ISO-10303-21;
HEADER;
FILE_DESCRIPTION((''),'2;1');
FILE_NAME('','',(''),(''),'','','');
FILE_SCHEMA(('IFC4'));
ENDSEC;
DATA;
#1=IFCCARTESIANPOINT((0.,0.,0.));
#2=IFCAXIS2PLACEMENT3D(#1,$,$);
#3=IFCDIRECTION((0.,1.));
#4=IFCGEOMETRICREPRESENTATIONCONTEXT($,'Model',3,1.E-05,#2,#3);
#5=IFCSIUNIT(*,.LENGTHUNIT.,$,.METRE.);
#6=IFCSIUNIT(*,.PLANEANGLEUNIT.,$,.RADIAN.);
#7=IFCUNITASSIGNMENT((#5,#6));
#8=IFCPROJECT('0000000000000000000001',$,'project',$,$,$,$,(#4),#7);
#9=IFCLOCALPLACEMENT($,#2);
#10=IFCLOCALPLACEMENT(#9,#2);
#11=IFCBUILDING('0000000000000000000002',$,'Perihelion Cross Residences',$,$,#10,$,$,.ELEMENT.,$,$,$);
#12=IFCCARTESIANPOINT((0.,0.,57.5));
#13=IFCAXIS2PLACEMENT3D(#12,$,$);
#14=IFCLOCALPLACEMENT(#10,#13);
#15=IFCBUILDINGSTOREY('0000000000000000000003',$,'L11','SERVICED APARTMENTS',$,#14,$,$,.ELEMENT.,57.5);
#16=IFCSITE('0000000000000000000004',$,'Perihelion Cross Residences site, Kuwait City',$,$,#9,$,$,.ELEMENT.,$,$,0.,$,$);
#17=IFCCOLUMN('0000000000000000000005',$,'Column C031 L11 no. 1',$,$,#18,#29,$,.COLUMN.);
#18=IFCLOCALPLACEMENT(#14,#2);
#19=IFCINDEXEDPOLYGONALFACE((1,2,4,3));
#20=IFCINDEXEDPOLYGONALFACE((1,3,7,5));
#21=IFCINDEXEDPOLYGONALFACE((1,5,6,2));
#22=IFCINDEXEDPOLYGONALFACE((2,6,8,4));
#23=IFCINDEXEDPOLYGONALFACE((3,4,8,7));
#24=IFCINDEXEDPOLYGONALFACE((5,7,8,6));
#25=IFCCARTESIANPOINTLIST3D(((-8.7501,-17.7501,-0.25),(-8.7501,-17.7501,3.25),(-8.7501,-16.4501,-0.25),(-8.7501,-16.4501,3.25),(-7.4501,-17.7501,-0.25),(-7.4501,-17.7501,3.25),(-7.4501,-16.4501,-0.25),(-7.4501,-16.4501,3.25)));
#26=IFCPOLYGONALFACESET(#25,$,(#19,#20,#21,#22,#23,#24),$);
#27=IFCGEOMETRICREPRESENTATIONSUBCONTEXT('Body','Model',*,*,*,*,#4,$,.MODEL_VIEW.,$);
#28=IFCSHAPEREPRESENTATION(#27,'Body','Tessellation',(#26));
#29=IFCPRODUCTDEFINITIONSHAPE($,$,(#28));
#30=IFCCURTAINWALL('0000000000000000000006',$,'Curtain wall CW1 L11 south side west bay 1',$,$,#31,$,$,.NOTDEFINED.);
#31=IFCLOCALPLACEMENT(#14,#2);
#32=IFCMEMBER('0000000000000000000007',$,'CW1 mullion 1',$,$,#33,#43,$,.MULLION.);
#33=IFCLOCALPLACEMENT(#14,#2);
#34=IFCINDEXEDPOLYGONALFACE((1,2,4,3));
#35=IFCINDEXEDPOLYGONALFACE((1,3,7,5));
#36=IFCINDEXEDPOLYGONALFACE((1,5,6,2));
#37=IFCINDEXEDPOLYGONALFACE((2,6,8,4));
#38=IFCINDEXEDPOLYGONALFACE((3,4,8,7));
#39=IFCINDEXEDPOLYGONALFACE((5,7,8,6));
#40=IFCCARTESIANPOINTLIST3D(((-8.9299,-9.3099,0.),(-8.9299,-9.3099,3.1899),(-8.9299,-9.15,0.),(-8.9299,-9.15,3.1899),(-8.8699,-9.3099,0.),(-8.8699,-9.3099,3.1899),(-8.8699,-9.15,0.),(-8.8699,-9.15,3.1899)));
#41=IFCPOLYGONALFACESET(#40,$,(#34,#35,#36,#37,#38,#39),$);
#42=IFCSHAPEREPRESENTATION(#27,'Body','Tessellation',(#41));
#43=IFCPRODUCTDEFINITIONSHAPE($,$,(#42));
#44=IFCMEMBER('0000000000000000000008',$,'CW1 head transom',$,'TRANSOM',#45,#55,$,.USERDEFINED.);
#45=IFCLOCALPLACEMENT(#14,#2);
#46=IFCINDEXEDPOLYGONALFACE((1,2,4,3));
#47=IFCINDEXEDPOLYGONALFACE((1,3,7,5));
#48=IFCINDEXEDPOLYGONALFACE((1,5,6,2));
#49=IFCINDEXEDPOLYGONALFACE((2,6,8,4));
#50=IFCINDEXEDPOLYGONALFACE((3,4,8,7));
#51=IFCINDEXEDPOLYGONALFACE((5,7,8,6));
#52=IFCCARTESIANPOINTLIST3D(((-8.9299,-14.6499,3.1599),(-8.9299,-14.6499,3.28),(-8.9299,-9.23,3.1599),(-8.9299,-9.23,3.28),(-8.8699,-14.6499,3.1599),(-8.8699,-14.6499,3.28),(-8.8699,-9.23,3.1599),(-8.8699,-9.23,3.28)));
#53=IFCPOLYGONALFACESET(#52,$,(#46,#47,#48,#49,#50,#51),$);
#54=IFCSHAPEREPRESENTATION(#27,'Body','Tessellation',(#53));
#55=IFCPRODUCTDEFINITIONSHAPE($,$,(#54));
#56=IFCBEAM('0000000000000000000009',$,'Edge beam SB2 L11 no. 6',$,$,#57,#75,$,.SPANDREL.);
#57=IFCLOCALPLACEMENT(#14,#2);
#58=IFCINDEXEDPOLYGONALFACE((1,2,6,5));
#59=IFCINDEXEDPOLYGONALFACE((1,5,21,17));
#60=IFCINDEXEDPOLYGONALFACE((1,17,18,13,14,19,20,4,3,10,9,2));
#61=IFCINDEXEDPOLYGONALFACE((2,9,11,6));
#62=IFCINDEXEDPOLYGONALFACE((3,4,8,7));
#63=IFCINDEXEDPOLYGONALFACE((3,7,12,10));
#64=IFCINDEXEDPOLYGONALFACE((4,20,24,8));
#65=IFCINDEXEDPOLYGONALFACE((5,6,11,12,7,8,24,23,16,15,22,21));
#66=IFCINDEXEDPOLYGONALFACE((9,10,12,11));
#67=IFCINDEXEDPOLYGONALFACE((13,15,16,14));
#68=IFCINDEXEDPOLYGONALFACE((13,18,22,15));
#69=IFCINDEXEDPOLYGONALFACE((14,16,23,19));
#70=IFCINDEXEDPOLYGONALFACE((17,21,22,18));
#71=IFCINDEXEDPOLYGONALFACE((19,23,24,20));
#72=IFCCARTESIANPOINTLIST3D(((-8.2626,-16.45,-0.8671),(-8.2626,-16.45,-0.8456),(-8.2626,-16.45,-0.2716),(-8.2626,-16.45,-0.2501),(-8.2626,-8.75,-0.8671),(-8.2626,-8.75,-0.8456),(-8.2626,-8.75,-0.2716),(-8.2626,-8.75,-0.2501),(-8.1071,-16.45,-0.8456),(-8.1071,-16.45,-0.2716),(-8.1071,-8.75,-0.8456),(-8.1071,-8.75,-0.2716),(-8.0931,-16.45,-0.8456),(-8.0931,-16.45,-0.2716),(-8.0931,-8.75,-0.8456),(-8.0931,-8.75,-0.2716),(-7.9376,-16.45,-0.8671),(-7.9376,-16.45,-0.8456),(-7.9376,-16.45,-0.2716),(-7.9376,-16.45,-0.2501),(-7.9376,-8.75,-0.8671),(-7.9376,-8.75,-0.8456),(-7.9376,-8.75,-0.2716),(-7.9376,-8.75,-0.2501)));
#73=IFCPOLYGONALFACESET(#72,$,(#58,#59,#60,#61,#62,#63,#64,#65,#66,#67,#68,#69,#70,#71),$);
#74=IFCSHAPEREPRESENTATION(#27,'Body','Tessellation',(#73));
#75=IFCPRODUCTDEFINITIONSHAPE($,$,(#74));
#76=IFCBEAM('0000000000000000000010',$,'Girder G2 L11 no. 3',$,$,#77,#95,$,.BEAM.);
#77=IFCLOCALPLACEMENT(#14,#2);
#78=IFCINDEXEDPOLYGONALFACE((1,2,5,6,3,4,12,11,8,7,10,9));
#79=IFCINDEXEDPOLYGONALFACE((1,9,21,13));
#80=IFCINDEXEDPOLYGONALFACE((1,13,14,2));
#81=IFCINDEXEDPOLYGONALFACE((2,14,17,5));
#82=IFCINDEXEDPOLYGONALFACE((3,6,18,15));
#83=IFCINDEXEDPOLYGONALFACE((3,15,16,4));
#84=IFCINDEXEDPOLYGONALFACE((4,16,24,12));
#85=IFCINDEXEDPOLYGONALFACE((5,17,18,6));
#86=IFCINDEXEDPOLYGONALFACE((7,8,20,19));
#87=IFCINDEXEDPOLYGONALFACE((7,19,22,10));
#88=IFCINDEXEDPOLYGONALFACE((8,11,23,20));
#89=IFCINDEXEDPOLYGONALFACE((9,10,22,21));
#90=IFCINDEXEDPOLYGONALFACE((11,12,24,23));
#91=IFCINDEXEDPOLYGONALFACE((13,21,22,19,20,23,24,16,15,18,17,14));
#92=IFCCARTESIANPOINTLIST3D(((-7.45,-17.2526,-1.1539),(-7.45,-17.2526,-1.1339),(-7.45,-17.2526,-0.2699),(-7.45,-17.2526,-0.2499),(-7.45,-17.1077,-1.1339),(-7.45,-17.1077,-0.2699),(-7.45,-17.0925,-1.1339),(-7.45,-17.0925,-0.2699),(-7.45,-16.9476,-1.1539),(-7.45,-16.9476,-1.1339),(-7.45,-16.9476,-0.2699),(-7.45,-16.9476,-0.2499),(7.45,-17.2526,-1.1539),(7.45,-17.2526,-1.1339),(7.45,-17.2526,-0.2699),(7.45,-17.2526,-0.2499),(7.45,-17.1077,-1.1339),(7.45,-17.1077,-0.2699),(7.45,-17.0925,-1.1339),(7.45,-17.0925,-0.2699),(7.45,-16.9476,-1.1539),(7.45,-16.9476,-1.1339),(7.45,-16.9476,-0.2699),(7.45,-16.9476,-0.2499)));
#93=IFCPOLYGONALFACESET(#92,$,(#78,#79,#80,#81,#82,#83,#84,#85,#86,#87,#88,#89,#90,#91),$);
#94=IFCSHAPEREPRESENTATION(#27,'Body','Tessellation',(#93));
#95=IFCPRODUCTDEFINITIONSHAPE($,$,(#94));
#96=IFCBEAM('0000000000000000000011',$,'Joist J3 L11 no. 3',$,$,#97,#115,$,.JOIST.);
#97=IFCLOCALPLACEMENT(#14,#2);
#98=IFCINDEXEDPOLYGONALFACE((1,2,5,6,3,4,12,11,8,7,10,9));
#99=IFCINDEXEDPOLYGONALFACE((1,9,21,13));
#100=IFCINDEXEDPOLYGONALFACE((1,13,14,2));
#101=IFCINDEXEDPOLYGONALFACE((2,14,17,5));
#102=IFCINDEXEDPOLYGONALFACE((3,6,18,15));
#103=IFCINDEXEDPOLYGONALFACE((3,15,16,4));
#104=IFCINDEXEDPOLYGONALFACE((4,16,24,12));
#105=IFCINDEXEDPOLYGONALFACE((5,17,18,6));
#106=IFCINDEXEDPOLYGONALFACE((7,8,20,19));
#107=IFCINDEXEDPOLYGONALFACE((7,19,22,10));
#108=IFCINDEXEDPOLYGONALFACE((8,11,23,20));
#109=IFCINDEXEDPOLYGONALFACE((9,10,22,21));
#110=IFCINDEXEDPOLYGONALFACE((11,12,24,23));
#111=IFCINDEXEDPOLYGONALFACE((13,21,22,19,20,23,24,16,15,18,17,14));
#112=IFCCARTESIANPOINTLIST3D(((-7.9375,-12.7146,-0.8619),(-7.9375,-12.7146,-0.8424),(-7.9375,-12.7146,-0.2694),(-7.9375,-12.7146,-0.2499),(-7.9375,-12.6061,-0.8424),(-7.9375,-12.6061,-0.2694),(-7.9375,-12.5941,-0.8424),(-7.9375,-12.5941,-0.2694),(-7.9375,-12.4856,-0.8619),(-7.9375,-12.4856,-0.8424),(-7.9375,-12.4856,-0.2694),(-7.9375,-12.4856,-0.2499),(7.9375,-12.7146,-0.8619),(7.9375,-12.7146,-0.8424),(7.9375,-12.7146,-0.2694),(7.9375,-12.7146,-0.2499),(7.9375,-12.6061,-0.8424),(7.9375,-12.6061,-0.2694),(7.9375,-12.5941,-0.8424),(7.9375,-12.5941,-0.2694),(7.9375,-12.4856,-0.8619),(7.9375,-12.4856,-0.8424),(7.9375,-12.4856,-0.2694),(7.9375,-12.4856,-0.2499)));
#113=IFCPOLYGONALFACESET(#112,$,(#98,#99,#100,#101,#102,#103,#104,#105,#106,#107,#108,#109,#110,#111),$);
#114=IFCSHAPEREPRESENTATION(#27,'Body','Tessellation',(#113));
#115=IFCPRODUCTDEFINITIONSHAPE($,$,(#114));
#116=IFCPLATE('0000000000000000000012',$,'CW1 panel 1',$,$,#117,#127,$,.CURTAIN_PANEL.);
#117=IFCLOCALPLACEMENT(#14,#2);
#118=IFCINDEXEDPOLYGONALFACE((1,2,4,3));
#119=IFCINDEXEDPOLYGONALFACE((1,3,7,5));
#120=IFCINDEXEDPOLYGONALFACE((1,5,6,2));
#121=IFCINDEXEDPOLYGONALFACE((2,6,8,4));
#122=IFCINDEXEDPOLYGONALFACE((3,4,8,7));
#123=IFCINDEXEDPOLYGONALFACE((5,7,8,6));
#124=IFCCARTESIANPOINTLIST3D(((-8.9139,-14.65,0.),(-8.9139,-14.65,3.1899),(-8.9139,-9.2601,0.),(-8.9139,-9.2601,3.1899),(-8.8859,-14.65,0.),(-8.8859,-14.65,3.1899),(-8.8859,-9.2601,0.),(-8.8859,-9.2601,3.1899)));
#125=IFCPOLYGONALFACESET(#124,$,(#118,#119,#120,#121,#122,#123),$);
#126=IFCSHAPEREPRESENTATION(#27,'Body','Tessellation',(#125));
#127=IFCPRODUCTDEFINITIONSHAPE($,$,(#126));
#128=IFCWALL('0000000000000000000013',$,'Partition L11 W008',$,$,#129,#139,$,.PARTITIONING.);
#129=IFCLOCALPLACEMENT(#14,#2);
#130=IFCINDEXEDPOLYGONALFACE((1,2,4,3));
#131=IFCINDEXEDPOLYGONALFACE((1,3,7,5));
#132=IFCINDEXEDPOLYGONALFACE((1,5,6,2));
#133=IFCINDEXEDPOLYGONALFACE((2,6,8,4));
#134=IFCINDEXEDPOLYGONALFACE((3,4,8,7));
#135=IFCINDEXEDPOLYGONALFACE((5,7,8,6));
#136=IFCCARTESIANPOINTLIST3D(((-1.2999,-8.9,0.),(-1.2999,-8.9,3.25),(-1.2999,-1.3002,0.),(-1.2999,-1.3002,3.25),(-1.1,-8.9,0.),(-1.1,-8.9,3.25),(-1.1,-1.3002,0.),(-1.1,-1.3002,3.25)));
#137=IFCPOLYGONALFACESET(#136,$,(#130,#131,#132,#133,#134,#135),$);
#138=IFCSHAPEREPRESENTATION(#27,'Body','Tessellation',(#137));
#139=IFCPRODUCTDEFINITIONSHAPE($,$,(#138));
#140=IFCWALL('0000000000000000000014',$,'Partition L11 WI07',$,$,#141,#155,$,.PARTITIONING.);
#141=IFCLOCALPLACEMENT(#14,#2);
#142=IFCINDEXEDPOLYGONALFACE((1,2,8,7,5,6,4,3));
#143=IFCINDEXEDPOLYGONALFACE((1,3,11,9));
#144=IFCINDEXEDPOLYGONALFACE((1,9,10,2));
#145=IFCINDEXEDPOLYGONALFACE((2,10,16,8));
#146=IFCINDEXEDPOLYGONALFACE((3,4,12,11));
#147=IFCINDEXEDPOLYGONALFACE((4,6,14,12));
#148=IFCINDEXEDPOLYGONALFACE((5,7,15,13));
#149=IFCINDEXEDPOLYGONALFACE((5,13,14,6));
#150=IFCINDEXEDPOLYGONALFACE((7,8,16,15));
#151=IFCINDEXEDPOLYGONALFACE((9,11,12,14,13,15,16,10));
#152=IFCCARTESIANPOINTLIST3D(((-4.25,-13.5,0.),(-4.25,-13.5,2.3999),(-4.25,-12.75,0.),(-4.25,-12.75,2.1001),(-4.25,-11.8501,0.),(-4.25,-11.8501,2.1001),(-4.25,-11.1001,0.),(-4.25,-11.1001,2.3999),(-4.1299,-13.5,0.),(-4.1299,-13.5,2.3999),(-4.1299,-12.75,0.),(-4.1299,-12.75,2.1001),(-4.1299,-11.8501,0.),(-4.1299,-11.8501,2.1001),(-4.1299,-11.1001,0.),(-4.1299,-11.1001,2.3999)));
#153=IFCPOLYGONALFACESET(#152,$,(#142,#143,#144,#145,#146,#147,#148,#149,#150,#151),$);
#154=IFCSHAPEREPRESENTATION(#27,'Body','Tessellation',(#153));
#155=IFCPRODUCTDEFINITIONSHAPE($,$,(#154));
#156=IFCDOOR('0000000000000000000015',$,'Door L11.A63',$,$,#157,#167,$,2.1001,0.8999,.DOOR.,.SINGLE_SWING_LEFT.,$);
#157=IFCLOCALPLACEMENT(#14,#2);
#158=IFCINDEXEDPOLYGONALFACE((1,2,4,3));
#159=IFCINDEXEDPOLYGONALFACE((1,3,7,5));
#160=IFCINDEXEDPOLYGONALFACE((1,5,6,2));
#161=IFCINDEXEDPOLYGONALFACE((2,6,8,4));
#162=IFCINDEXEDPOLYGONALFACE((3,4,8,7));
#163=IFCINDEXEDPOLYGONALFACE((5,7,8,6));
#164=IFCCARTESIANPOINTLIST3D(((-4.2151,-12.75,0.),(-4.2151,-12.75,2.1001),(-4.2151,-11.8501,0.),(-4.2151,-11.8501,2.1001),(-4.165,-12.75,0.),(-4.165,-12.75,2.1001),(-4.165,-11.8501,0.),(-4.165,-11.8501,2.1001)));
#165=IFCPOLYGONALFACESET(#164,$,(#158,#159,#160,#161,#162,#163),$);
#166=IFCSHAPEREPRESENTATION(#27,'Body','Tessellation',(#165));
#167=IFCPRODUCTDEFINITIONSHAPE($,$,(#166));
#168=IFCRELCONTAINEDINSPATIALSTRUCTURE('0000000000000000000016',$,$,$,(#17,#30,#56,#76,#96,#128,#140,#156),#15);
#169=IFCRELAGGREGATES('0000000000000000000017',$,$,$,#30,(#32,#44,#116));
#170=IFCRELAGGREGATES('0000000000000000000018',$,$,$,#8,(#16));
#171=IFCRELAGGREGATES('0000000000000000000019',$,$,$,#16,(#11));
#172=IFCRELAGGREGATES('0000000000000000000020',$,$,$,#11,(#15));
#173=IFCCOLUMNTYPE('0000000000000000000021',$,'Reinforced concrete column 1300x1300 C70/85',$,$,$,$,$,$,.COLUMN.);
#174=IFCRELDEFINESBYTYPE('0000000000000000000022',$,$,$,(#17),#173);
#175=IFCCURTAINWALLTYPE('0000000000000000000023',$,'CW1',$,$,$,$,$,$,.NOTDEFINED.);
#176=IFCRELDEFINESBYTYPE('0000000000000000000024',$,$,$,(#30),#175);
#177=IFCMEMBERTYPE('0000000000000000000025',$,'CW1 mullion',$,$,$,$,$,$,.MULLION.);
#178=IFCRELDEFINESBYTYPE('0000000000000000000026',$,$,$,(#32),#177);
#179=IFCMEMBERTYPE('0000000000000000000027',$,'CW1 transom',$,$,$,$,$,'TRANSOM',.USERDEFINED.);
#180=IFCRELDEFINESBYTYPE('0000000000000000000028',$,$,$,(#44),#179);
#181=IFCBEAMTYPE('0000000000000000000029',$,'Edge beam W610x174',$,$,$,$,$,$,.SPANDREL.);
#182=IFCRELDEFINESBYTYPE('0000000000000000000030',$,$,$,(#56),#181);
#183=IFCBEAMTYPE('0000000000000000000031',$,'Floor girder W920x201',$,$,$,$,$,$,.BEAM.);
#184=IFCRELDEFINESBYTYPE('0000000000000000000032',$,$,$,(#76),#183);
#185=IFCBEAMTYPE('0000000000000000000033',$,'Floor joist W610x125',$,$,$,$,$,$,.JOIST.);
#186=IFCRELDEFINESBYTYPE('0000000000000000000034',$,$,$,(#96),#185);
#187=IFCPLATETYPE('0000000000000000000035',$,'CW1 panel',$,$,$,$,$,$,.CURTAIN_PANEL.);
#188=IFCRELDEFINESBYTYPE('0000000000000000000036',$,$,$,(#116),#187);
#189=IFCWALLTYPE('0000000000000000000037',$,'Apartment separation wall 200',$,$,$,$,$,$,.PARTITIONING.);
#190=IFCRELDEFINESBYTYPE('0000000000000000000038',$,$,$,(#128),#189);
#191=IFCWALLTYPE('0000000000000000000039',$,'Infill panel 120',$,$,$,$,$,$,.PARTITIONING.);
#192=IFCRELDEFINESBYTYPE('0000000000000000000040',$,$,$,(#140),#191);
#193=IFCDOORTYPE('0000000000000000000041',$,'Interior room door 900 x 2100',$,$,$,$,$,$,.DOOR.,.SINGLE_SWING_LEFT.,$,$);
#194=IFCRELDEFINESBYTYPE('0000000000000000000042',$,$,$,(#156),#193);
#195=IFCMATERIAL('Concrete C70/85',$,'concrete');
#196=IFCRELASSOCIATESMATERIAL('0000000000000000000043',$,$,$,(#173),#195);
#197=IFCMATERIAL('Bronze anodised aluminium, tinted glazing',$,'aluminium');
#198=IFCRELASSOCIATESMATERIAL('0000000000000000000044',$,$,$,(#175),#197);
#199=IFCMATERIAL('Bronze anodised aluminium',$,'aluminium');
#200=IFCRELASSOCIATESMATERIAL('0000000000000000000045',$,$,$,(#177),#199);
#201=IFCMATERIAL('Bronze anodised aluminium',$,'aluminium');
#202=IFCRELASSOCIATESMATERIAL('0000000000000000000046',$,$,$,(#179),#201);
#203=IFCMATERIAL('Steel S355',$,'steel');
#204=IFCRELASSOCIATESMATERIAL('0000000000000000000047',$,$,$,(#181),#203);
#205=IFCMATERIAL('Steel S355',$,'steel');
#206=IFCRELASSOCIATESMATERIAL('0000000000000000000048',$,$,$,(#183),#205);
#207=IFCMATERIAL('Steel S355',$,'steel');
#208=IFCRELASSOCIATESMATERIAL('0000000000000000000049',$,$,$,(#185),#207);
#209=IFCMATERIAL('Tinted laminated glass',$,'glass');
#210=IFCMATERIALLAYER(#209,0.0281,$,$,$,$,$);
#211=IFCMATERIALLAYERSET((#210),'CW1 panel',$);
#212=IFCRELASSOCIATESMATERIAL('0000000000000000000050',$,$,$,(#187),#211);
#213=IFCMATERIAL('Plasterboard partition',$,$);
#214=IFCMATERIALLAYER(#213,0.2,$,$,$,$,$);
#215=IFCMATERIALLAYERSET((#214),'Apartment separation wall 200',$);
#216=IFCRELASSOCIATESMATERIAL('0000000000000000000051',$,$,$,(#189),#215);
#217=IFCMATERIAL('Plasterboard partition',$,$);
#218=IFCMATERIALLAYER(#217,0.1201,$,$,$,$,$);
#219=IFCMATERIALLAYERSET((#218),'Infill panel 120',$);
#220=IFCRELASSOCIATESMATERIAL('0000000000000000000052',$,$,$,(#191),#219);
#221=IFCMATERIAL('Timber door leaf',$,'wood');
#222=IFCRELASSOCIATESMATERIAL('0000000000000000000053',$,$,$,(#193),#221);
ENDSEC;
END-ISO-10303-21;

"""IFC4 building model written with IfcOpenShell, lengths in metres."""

from ifc_helpers import new_model, si_unit, direction, frame, frame_2d, origin, origin_2d, place, context, subcontext, project, spatial, rectangle, i_section, extrude, material, layer, layer_set, material_profile, profile_set, type_object, element, fill, aggregate, save


model = new_model("IFC4")

# Units and contexts
model_context = context("Model", 3, precision=1e-05, world=origin(), true_north=direction((0.0, 1.0)))
body_context = subcontext(model_context, "Body", "Model", "MODEL_VIEW")
ifc_project = project(units=[si_unit("LENGTHUNIT", "METRE"), si_unit("PLANEANGLEUNIT", "RADIAN")], contexts=[model_context])

# Site, building, storey
site_placement = place(None, origin())
site = spatial("IfcSite", under=ifc_project, at=site_placement, Name="Perihelion Cross Residences site, Kuwait City", CompositionType="ELEMENT", RefElevation=0.0)
building_placement = place(site_placement, origin())
building = spatial("IfcBuilding", under=site, at=building_placement, Name="Perihelion Cross Residences", CompositionType="ELEMENT")
storey_placement = place(building_placement, frame((0.0, 0.0, 57.5)))
storey = spatial("IfcBuildingStorey", under=building, at=storey_placement, Name="L11", Description="SERVICED APARTMENTS", CompositionType="ELEMENT", Elevation=57.5)

# Column
ifc_material_1 = material(Name="Concrete C70/85", Category="concrete")
ifc_material_profile_1 = material_profile(ifc_material_1, rectangle(XDim=1.3, YDim=1.3, at=origin_2d()), Name="RC 1300x1300")
ifc_profile_set_1 = profile_set([ifc_material_profile_1], Name="Concrete C70/85")
column_type = type_object("IfcColumnType", Name="Reinforced concrete column 1300x1300 C70/85", PredefinedType="COLUMN", material=ifc_profile_set_1)
column_placement = place(storey_placement, frame((-8.1001, -17.1001, -0.25), z_axis=(0.0, 0.0, 1.0), x_axis=(1.0, 0.0, 0.0)))
element("IfcColumn", 1, at=column_placement, inside=storey, type_object=column_type, Name="Column C031 L11 no. 1", PredefinedType="COLUMN", context=body_context, shape_type="SweptSolid", body=[
    extrude(rectangle(XDim=1.3, YDim=1.3, at=origin_2d()), origin(), (0.0, 0.0, 1.0), 3.5),
])

# Curtain wall, members
ifc_material_2 = material(Name="Bronze anodised aluminium, tinted glazing", Category="aluminium")
curtain_wall_type = type_object("IfcCurtainWallType", Name="CW1", PredefinedType="NOTDEFINED", material=ifc_material_2)
curtain_wall_placement = place(storey_placement, origin())
curtain_wall = element("IfcCurtainWall", 2, at=curtain_wall_placement, inside=storey, type_object=curtain_wall_type, Name="Curtain wall CW1 L11 south side west bay 1", PredefinedType="NOTDEFINED")
ifc_material_3 = material(Name="Bronze anodised aluminium", Category="aluminium")
ifc_material_profile_2 = material_profile(ifc_material_3, rectangle(XDim=0.0601, YDim=0.1599, at=origin_2d()), Name="CW1 mullion")
ifc_profile_set_2 = profile_set([ifc_material_profile_2], Name="Bronze anodised aluminium")
member_type_1 = type_object("IfcMemberType", Name="CW1 mullion", PredefinedType="MULLION", material=ifc_profile_set_2)
member_1_placement = place(storey_placement, frame((-8.8999, -9.23, 0.0), z_axis=(0.0, 0.0, 1.0), x_axis=(1.0, 0.0, 0.0)))
member_1 = element("IfcMember", 3, at=member_1_placement, type_object=member_type_1, Name="CW1 mullion 1", PredefinedType="MULLION", context=body_context, shape_type="SweptSolid", body=[
    extrude(rectangle(XDim=0.0601, YDim=0.1599, at=origin_2d()), origin(), (0.0, 0.0, 1.0), 3.1899),
])
ifc_material_4 = material(Name="Bronze anodised aluminium", Category="aluminium")
ifc_material_profile_3 = material_profile(ifc_material_4, rectangle(XDim=0.0601, YDim=0.1201, at=origin_2d()), Name="CW1 transom")
ifc_profile_set_3 = profile_set([ifc_material_profile_3], Name="Bronze anodised aluminium")
member_type_2 = type_object("IfcMemberType", Name="CW1 transom", ElementType="TRANSOM", PredefinedType="USERDEFINED", material=ifc_profile_set_3)
member_2_placement = place(storey_placement, frame((-8.8999, -9.23, 3.22), z_axis=(0.0, -1.0, 0.0), x_axis=(1.0, 0.0, 0.0)))
member_2 = element("IfcMember", 4, at=member_2_placement, type_object=member_type_2, Name="CW1 head transom", ObjectType="TRANSOM", PredefinedType="USERDEFINED", context=body_context, shape_type="SweptSolid", body=[
    extrude(rectangle(XDim=0.0601, YDim=0.1201, at=origin_2d()), origin(), (0.0, 0.0, 1.0), 5.4199),
])

# Beams
ifc_material_5 = material(Name="Steel S355", Category="steel")
ifc_material_profile_4 = material_profile(ifc_material_5, i_section(OverallWidth=0.325, OverallDepth=0.6169, WebThickness=0.0139, FlangeThickness=0.0215, at=origin_2d()), Name="W610x174")
ifc_profile_set_4 = profile_set([ifc_material_profile_4], Name="Steel S355")
beam_type_1 = type_object("IfcBeamType", Name="Edge beam W610x174", PredefinedType="SPANDREL", material=ifc_profile_set_4)
beam_1_placement = place(storey_placement, frame((-8.1001, -8.75, -0.5586), z_axis=(0.0, -1.0, 0.0), x_axis=(1.0, 0.0, 0.0)))
element("IfcBeam", 5, at=beam_1_placement, inside=storey, type_object=beam_type_1, Name="Edge beam SB2 L11 no. 6", PredefinedType="SPANDREL", context=body_context, shape_type="SweptSolid", body=[
    extrude(i_section(OverallWidth=0.325, OverallDepth=0.6169, WebThickness=0.0139, FlangeThickness=0.0215, at=origin_2d()), origin(), (0.0, 0.0, 1.0), 7.7),
])
ifc_material_6 = material(Name="Steel S355", Category="steel")
ifc_material_profile_5 = material_profile(ifc_material_6, i_section(OverallWidth=0.3049, OverallDepth=0.9041, WebThickness=0.0151, FlangeThickness=0.02, at=origin_2d()), Name="W920x201")
ifc_profile_set_5 = profile_set([ifc_material_profile_5], Name="Steel S355")
beam_type_2 = type_object("IfcBeamType", Name="Floor girder W920x201", PredefinedType="BEAM", material=ifc_profile_set_5)
beam_2_placement = place(storey_placement, frame((-7.45, -17.1001, -0.7019), z_axis=(1.0, 0.0, 0.0), x_axis=(0.0, 1.0, 0.0)))
element("IfcBeam", 6, at=beam_2_placement, inside=storey, type_object=beam_type_2, Name="Girder G2 L11 no. 3", PredefinedType="BEAM", context=body_context, shape_type="SweptSolid", body=[
    extrude(i_section(OverallWidth=0.3049, OverallDepth=0.9041, WebThickness=0.0151, FlangeThickness=0.02, at=origin_2d()), origin(), (0.0, 0.0, 1.0), 14.8999),
])
ifc_material_7 = material(Name="Steel S355", Category="steel")
ifc_material_profile_6 = material_profile(ifc_material_7, i_section(OverallWidth=0.229, OverallDepth=0.6121, WebThickness=0.012, FlangeThickness=0.0195, at=origin_2d()), Name="W610x125")
ifc_profile_set_6 = profile_set([ifc_material_profile_6], Name="Steel S355")
beam_type_3 = type_object("IfcBeamType", Name="Floor joist W610x125", PredefinedType="JOIST", material=ifc_profile_set_6)
beam_3_placement = place(storey_placement, frame((-7.9375, -12.6001, -0.5559), z_axis=(1.0, 0.0, 0.0), x_axis=(0.0, 1.0, 0.0)))
element("IfcBeam", 7, at=beam_3_placement, inside=storey, type_object=beam_type_3, Name="Joist J3 L11 no. 3", PredefinedType="JOIST", context=body_context, shape_type="SweptSolid", body=[
    extrude(i_section(OverallWidth=0.229, OverallDepth=0.6121, WebThickness=0.012, FlangeThickness=0.0195, at=origin_2d()), origin(), (0.0, 0.0, 1.0), 15.875),
])

# Plate
ifc_material_8 = material(Name="Tinted laminated glass", Category="glass")
ifc_layer_1 = layer(ifc_material_8, 0.0281)
ifc_layer_set_1 = layer_set([ifc_layer_1], Name="CW1 panel")
plate_type = type_object("IfcPlateType", Name="CW1 panel", PredefinedType="CURTAIN_PANEL", material=ifc_layer_set_1)
plate_placement = place(storey_placement, frame((-8.8999, -11.9551, 0.0), z_axis=(0.0, 0.0, 1.0), x_axis=(0.0, -1.0, 0.0)))
plate = element("IfcPlate", 8, at=plate_placement, type_object=plate_type, Name="CW1 panel 1", PredefinedType="CURTAIN_PANEL", context=body_context, shape_type="SweptSolid", body=[
    extrude(rectangle(XDim=5.3899, YDim=0.0281, at=origin_2d()), origin(), (0.0, 0.0, 1.0), 3.1899),
])
aggregate(curtain_wall, [member_1, member_2, plate])

# Wall
ifc_material_9 = material(Name="Plasterboard partition")
ifc_layer_2 = layer(ifc_material_9, 0.2)
ifc_layer_set_2 = layer_set([ifc_layer_2], Name="Apartment separation wall 200")
wall_type_1 = type_object("IfcWallType", Name="Apartment separation wall 200", PredefinedType="PARTITIONING", material=ifc_layer_set_2)
wall_1_placement = place(storey_placement, frame((-1.2, -8.8999, 0.0), z_axis=(0.0, 0.0, 1.0), x_axis=(0.0, 1.0, 0.0)))
element("IfcWall", 9, at=wall_1_placement, inside=storey, type_object=wall_type_1, Name="Partition L11 W008", PredefinedType="PARTITIONING", context=body_context, shape_type="SweptSolid", body=[
    extrude(rectangle(XDim=7.5999, YDim=0.2, at=frame_2d((3.7998, 0.0))), origin(), (0.0, 0.0, 1.0), 3.25),
])

# Wall, opening, door
ifc_material_10 = material(Name="Plasterboard partition")
ifc_layer_3 = layer(ifc_material_10, 0.1201)
ifc_layer_set_3 = layer_set([ifc_layer_3], Name="Infill panel 120")
wall_type_2 = type_object("IfcWallType", Name="Infill panel 120", PredefinedType="PARTITIONING", material=ifc_layer_set_3)
wall_2_placement = place(storey_placement, frame((-4.1899, -11.1001, 0.0), z_axis=(0.0, 0.0, 1.0), x_axis=(0.0, -1.0, 0.0)))
wall_2 = element("IfcWall", 10, at=wall_2_placement, inside=storey, type_object=wall_type_2, Name="Partition L11 WI07", PredefinedType="PARTITIONING", context=body_context, shape_type="SweptSolid", body=[
    extrude(rectangle(XDim=2.3999, YDim=0.1201, at=frame_2d((1.2, 0.0))), origin(), (0.0, 0.0, 1.0), 2.3999),
])
opening_1_placement = place(wall_2_placement, frame((0.75, 0.0, 0.0)))
opening_1 = element("IfcOpeningElement", 11, at=opening_1_placement, cuts=wall_2, PredefinedType="OPENING", context=body_context, shape_type="SweptSolid", body=[
    extrude(rectangle(XDim=0.8999, YDim=2.1001, at=frame_2d((0.45, 1.05))), frame((0.0, 0.0701, 0.0), z_axis=(0.0, -1.0, 0.0), x_axis=(1.0, 0.0, 0.0)), (0.0, 0.0, 1.0), 0.1401),
])
ifc_material_11 = material(Name="Timber door leaf", Category="wood")
door_type_1 = type_object("IfcDoorType", Name="Interior room door 900 x 2100", OperationType="SINGLE_SWING_LEFT", PredefinedType="DOOR", material=ifc_material_11)
door_1_placement = place(opening_1_placement, origin())
door_1 = element("IfcDoor", 12, at=door_1_placement, inside=storey, type_object=door_type_1, Name="Door L11.A63", OperationType="SINGLE_SWING_LEFT", OverallHeight=2.1001, OverallWidth=0.8999, PredefinedType="DOOR", context=body_context, shape_type="SweptSolid", body=[
    extrude(rectangle(XDim=0.8999, YDim=2.1001, at=frame_2d((0.45, 1.05))), frame((0.0, 0.0249, 0.0), z_axis=(0.0, -1.0, 0.0), x_axis=(1.0, 0.0, 0.0)), (0.0, 0.0, 1.0), 0.05),
])
fill(opening_1, door_1)

save(model, "model.ifc")
